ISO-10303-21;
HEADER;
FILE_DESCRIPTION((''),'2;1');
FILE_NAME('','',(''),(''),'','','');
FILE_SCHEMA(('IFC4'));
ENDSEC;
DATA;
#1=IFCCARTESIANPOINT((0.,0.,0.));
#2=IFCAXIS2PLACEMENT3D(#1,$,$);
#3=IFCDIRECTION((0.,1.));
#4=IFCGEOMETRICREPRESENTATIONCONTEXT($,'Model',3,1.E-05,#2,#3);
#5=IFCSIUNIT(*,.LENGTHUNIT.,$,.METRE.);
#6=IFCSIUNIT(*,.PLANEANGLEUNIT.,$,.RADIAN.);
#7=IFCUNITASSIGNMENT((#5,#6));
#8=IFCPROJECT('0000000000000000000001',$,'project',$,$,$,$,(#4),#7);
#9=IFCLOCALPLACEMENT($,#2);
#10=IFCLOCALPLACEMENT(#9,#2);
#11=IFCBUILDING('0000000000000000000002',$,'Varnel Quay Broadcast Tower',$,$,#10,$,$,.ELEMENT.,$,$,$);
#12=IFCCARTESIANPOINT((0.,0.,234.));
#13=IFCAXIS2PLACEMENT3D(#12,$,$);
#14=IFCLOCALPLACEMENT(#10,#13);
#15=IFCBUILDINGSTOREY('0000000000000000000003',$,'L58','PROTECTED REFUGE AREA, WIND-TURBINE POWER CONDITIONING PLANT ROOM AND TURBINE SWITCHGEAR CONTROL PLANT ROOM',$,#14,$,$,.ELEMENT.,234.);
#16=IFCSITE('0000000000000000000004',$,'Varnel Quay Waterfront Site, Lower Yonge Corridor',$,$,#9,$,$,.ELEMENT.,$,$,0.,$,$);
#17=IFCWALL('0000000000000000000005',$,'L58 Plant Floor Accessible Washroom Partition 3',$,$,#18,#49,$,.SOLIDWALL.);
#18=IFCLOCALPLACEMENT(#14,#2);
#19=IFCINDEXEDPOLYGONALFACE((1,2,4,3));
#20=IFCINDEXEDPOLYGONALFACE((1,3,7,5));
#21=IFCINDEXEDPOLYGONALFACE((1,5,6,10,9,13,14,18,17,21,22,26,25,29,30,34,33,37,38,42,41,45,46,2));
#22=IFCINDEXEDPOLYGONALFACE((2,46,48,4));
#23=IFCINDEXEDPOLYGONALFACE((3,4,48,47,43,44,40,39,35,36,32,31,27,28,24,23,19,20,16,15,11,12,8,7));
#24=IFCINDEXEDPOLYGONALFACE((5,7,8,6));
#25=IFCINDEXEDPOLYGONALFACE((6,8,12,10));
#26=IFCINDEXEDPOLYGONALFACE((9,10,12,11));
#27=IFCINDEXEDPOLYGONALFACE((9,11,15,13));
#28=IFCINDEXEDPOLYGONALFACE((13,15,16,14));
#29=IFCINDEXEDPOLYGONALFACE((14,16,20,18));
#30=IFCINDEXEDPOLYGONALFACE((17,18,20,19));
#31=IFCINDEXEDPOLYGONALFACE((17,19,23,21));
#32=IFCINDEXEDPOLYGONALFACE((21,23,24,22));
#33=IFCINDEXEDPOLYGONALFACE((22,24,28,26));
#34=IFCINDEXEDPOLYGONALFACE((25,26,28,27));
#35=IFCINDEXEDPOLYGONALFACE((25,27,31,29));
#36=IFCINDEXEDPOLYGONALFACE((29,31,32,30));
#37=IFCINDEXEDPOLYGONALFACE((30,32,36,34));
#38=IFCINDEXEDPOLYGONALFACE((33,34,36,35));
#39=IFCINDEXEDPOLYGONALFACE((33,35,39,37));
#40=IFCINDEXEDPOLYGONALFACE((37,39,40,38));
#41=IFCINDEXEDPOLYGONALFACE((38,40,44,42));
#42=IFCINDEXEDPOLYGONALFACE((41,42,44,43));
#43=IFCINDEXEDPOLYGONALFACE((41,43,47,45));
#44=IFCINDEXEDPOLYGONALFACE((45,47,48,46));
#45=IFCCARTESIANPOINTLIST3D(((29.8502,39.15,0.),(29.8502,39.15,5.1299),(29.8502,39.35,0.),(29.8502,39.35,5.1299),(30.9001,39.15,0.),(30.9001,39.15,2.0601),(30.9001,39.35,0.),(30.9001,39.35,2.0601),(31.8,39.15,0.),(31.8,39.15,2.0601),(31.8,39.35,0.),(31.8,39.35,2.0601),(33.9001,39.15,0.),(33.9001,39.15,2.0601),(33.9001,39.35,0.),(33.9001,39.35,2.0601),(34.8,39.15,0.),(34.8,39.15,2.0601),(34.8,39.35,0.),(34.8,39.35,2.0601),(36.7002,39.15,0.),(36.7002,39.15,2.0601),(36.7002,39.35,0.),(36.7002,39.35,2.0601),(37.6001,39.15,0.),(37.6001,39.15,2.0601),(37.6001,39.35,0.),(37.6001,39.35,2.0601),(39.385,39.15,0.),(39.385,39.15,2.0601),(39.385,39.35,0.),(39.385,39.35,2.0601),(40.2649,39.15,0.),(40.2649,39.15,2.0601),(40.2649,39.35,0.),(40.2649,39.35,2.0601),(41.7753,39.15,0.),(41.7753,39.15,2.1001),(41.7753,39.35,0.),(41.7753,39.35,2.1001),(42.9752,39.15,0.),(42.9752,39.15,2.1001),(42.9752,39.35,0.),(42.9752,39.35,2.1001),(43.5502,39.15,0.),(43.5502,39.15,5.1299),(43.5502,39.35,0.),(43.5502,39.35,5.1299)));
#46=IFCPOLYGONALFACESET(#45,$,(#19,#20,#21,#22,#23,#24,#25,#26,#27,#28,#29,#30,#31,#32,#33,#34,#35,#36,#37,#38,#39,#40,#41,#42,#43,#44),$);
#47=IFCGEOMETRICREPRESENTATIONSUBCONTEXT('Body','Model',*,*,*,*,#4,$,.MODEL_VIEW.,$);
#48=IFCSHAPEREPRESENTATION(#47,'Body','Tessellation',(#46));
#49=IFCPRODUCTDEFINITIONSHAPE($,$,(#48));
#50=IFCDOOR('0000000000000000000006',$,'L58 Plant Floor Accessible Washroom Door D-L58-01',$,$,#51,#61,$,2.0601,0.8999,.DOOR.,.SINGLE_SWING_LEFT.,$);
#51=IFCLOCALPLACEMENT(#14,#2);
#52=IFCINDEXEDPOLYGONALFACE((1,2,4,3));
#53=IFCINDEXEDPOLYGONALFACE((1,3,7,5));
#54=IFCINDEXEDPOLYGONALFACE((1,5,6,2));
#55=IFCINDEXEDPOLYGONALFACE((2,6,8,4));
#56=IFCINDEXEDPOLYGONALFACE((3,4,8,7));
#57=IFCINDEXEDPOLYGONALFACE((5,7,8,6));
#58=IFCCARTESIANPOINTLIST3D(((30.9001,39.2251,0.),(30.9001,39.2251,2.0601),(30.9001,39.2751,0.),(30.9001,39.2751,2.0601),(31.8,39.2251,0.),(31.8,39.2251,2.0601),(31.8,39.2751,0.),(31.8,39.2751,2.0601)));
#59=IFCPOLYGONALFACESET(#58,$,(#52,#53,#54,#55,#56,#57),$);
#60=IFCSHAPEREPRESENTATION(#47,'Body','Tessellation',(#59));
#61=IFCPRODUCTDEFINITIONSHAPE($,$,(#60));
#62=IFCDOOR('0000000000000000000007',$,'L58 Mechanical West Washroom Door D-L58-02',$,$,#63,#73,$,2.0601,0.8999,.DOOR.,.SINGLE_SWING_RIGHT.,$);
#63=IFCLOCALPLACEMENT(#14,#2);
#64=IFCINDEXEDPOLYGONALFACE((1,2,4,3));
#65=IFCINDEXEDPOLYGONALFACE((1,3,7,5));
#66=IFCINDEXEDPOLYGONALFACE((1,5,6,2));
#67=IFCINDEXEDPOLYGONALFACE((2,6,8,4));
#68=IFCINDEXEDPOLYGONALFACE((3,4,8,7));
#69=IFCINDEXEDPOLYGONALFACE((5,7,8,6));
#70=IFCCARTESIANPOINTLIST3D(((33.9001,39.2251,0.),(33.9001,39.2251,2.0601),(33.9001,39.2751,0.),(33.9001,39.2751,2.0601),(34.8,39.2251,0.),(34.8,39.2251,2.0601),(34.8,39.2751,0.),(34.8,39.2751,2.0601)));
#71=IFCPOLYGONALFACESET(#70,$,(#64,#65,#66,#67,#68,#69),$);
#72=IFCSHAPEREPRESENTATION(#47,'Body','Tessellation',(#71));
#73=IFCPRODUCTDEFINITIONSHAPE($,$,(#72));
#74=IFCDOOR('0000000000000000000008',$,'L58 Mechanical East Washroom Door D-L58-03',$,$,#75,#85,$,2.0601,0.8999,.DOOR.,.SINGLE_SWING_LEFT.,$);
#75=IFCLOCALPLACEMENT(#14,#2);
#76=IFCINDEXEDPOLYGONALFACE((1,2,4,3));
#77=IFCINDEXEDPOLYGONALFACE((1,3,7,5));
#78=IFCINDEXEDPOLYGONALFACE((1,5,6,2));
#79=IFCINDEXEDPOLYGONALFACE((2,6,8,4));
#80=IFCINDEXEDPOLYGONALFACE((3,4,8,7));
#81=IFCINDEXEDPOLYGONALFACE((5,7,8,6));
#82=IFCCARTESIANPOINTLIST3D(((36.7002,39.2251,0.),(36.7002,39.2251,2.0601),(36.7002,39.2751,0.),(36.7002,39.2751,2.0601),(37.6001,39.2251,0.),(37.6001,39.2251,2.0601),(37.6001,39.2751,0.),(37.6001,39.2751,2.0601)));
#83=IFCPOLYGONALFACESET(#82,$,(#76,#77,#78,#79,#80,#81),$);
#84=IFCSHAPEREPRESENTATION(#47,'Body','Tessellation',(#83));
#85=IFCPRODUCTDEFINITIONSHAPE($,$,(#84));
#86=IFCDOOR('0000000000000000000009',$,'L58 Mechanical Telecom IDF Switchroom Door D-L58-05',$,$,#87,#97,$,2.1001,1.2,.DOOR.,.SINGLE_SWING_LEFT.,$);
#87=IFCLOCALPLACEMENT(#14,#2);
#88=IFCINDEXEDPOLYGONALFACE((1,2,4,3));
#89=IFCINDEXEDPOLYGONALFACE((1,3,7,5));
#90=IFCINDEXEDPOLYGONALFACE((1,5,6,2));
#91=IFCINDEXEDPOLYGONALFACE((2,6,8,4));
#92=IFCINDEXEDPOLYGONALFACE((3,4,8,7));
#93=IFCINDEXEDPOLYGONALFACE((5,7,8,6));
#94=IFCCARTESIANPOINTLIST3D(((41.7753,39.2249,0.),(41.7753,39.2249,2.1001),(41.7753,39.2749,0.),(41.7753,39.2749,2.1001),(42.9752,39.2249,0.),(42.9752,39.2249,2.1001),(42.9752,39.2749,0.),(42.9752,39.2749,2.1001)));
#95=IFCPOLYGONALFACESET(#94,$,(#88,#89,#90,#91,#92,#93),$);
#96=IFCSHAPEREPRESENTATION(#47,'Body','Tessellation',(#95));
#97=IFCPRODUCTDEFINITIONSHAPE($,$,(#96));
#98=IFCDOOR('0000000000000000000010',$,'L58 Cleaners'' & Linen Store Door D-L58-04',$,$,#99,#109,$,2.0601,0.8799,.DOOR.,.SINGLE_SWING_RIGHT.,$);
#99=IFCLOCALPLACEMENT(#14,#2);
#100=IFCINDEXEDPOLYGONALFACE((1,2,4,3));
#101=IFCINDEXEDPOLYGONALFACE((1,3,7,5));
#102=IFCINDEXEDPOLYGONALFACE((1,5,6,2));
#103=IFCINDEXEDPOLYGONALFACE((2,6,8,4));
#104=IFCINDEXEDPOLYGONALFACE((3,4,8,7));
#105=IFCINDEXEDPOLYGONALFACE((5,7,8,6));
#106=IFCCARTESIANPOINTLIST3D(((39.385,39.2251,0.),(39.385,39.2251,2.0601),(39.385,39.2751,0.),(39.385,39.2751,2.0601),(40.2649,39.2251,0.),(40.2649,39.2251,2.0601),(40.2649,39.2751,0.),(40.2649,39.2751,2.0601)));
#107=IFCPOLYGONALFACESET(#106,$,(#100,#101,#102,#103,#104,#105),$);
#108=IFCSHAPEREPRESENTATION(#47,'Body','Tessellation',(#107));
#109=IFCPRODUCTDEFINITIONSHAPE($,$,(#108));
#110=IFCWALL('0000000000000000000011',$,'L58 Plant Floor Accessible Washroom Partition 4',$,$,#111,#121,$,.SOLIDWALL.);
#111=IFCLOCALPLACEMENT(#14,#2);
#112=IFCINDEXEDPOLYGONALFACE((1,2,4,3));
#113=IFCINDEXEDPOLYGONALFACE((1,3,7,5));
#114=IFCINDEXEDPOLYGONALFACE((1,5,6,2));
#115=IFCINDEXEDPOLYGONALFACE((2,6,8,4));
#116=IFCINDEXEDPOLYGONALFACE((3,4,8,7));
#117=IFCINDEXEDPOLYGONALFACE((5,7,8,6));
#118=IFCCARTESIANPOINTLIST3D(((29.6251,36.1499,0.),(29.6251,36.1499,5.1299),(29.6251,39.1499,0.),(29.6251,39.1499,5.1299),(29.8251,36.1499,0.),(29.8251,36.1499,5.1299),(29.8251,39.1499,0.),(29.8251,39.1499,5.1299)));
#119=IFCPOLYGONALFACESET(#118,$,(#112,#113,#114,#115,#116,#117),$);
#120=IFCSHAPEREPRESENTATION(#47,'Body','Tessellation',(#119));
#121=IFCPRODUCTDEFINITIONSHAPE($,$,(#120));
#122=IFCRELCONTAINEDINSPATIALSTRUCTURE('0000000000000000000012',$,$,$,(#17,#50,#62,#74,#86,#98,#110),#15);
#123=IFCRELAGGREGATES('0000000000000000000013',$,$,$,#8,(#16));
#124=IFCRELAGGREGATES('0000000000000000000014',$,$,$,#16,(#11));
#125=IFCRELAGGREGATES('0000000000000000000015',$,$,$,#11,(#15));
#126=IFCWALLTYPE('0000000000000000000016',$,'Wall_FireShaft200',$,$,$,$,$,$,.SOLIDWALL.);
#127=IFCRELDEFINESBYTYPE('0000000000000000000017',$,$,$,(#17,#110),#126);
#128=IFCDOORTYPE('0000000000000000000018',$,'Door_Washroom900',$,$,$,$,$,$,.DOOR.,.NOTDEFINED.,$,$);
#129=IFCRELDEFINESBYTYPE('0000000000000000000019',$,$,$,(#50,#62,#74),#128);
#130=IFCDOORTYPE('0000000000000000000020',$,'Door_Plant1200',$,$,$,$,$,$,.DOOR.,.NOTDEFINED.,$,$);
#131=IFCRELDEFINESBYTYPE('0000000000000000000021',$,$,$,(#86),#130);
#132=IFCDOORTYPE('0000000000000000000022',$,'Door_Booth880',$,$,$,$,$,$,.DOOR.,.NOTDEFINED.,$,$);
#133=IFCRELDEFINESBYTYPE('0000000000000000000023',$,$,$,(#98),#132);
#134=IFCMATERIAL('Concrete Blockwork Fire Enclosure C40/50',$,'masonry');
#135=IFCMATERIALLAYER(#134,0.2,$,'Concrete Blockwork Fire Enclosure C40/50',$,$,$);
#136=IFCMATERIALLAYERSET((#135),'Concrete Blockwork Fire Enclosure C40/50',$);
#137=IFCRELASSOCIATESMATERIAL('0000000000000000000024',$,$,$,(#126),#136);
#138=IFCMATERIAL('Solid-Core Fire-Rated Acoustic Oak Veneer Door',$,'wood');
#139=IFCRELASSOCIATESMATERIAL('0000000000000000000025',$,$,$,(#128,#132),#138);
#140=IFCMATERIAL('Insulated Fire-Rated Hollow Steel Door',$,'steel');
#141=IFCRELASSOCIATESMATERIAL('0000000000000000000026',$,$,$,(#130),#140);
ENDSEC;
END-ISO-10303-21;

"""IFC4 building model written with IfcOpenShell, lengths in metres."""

from ifc_helpers import new_model, si_unit, direction, frame, frame_2d, origin, place, context, subcontext, project, spatial, rectangle, extrude, source, transform, mapped, material, layer, layer_set, type_object, type_shapes, element, fill, save


model = new_model("IFC4")

# Units and contexts
model_context = context("Model", 3, precision=1e-05, world=origin(), true_north=direction((0.0, 1.0)))
body_context = subcontext(model_context, "Body", "Model", "MODEL_VIEW")
ifc_project = project(units=[si_unit("LENGTHUNIT", "METRE"), si_unit("PLANEANGLEUNIT", "RADIAN")], contexts=[model_context])

# Site, building, storey
site_placement = place(None, origin())
site = spatial("IfcSite", under=ifc_project, at=site_placement, Name="Varnel Quay Waterfront Site, Lower Yonge Corridor", CompositionType="ELEMENT", RefElevation=0.0)
building_placement = place(site_placement, origin())
building = spatial("IfcBuilding", under=site, at=building_placement, Name="Varnel Quay Broadcast Tower", CompositionType="ELEMENT")
storey_placement = place(building_placement, frame((0.0, 0.0, 234.0)))
storey = spatial("IfcBuildingStorey", under=building, at=storey_placement, Name="L58", Description="PROTECTED REFUGE AREA, WIND-TURBINE POWER CONDITIONING PLANT ROOM AND TURBINE SWITCHGEAR CONTROL PLANT ROOM", CompositionType="ELEMENT", Elevation=234.0)

# Shared definitions
ifc_material_1 = material(Name="Insulated Fire-Rated Hollow Steel Door", Category="steel")

# Shared definitions
ifc_material_2 = material(Name="Concrete Blockwork Fire Enclosure C40/50", Category="masonry")
ifc_layer_1 = layer(ifc_material_2, 0.2, Name="Concrete Blockwork Fire Enclosure C40/50")
ifc_layer_set_1 = layer_set([ifc_layer_1], Name="Concrete Blockwork Fire Enclosure C40/50")
wall_type_1 = type_object("IfcWallType", Name="Wall_FireShaft200", PredefinedType="SOLIDWALL", material=ifc_layer_set_1)

# Wall, openings, doors
wall_1_placement = place(storey_placement, frame((29.8501, 39.25, 0.0), z_axis=(0.0, 0.0, 1.0), x_axis=(1.0, 0.0, 0.0)))
wall_1 = element("IfcWall", 1, at=wall_1_placement, inside=storey, type_object=wall_type_1, Name="L58 Plant Floor Accessible Washroom Partition 3", PredefinedType="SOLIDWALL", context=body_context, shape_type="SweptSolid", body=[
    extrude(rectangle(XDim=13.7, YDim=0.2, at=frame_2d((6.8501, 0.0))), origin(), (0.0, 0.0, 1.0), 5.1299),
])
opening_1_placement = place(wall_1_placement, frame((1.05, 0.0, 0.0)))
opening_1 = element("IfcOpeningElement", 2, at=opening_1_placement, cuts=wall_1, PredefinedType="OPENING", context=body_context, shape_type="SweptSolid", body=[
    extrude(rectangle(XDim=0.8999, YDim=2.0601, at=frame_2d((0.45, 1.03))), frame((0.0, 0.1099, 0.0), z_axis=(0.0, -1.0, 0.0), x_axis=(1.0, 0.0, 0.0)), (0.0, 0.0, 1.0), 0.22),
])
opening_2_placement = place(wall_1_placement, frame((4.05, 0.0, 0.0)))
opening_2 = element("IfcOpeningElement", 3, at=opening_2_placement, cuts=wall_1, PredefinedType="OPENING", context=body_context, shape_type="SweptSolid", body=[
    extrude(rectangle(XDim=0.8999, YDim=2.0601, at=frame_2d((0.45, 1.03))), frame((0.0, 0.1099, 0.0), z_axis=(0.0, -1.0, 0.0), x_axis=(1.0, 0.0, 0.0)), (0.0, 0.0, 1.0), 0.22),
])
opening_3_placement = place(wall_1_placement, frame((6.8501, 0.0, 0.0)))
opening_3 = element("IfcOpeningElement", 4, at=opening_3_placement, cuts=wall_1, PredefinedType="OPENING", context=body_context, shape_type="SweptSolid", body=[
    extrude(rectangle(XDim=0.8999, YDim=2.0601, at=frame_2d((0.45, 1.03))), frame((0.0, 0.1099, 0.0), z_axis=(0.0, -1.0, 0.0), x_axis=(1.0, 0.0, 0.0)), (0.0, 0.0, 1.0), 0.22),
])
opening_4_placement = place(wall_1_placement, frame((9.5349, 0.0, 0.0)))
opening_4 = element("IfcOpeningElement", 5, at=opening_4_placement, cuts=wall_1, PredefinedType="OPENING", context=body_context, shape_type="SweptSolid", body=[
    extrude(rectangle(XDim=0.8799, YDim=2.0601, at=frame_2d((0.4399, 1.03))), frame((0.0, 0.1099, 0.0), z_axis=(0.0, -1.0, 0.0), x_axis=(1.0, 0.0, 0.0)), (0.0, 0.0, 1.0), 0.22),
])
opening_5_placement = place(wall_1_placement, frame((11.925, 0.0, 0.0)))
opening_5 = element("IfcOpeningElement", 6, at=opening_5_placement, cuts=wall_1, PredefinedType="OPENING", context=body_context, shape_type="SweptSolid", body=[
    extrude(rectangle(XDim=1.2, YDim=2.1001, at=frame_2d((0.6001, 1.05))), frame((0.0, 0.1099, 0.0), z_axis=(0.0, -1.0, 0.0), x_axis=(1.0, 0.0, 0.0)), (0.0, 0.0, 1.0), 0.22),
])
ifc_material_3 = material(Name="Solid-Core Fire-Rated Acoustic Oak Veneer Door", Category="wood")
door_type_1 = type_object("IfcDoorType", Name="Door_Washroom900", OperationType="NOTDEFINED", PredefinedType="DOOR", material=ifc_material_3)
shared_shape_1 = source(origin(), body_context, "Body", "SweptSolid", [
    extrude(rectangle(XDim=0.8999, YDim=2.0601, at=frame_2d((0.45, 1.03))), frame((0.0, 0.0249, 0.0), z_axis=(0.0, -1.0, 0.0), x_axis=(1.0, 0.0, 0.0)), (0.0, 0.0, 1.0), 0.05),
])
type_shapes(door_type_1, [shared_shape_1])
door_1_placement = place(opening_1_placement, frame((0.8999, 0.0, 0.0), z_axis=(0.0, 0.0, 1.0), x_axis=(-1.0, 0.0, 0.0)))
door_1 = element("IfcDoor", 7, at=door_1_placement, inside=storey, type_object=door_type_1, Name="L58 Plant Floor Accessible Washroom Door D-L58-01", OperationType="SINGLE_SWING_LEFT", OverallHeight=2.0601, OverallWidth=0.8999, PredefinedType="DOOR", context=body_context, shape_type="MappedRepresentation", body=[
    mapped(shared_shape_1, transform((0.0, 0.0, 0.0), x_axis=(1.0, 0.0, 0.0), y_axis=(0.0, 1.0, 0.0), z_axis=(0.0, 0.0, 1.0), scale=1.0)),
])
fill(opening_1, door_1)
door_2_placement = place(opening_2_placement, frame((0.8999, 0.0, 0.0), z_axis=(0.0, 0.0, 1.0), x_axis=(-1.0, 0.0, 0.0)))
door_2 = element("IfcDoor", 8, at=door_2_placement, inside=storey, type_object=door_type_1, Name="L58 Mechanical West Washroom Door D-L58-02", OperationType="SINGLE_SWING_RIGHT", OverallHeight=2.0601, OverallWidth=0.8999, PredefinedType="DOOR", context=body_context, shape_type="MappedRepresentation", body=[
    mapped(shared_shape_1, transform((0.0, 0.0, 0.0), x_axis=(1.0, 0.0, 0.0), y_axis=(0.0, 1.0, 0.0), z_axis=(0.0, 0.0, 1.0), scale=1.0)),
])
fill(opening_2, door_2)
door_3_placement = place(opening_3_placement, frame((0.8999, 0.0, 0.0), z_axis=(0.0, 0.0, 1.0), x_axis=(-1.0, 0.0, 0.0)))
door_3 = element("IfcDoor", 9, at=door_3_placement, inside=storey, type_object=door_type_1, Name="L58 Mechanical East Washroom Door D-L58-03", OperationType="SINGLE_SWING_LEFT", OverallHeight=2.0601, OverallWidth=0.8999, PredefinedType="DOOR", context=body_context, shape_type="MappedRepresentation", body=[
    mapped(shared_shape_1, transform((0.0, 0.0, 0.0), x_axis=(1.0, 0.0, 0.0), y_axis=(0.0, 1.0, 0.0), z_axis=(0.0, 0.0, 1.0), scale=1.0)),
])
fill(opening_3, door_3)
door_type_2 = type_object("IfcDoorType", Name="Door_Plant1200", OperationType="NOTDEFINED", PredefinedType="DOOR", material=ifc_material_1)
shared_shape_2 = source(origin(), body_context, "Body", "SweptSolid", [
    extrude(rectangle(XDim=1.2, YDim=2.1001, at=frame_2d((0.6001, 1.05))), frame((0.0, 0.0249, 0.0), z_axis=(0.0, -1.0, 0.0), x_axis=(1.0, 0.0, 0.0)), (0.0, 0.0, 1.0), 0.05),
])
type_shapes(door_type_2, [shared_shape_2])
door_4_placement = place(opening_5_placement, origin())
door_4 = element("IfcDoor", 10, at=door_4_placement, inside=storey, type_object=door_type_2, Name="L58 Mechanical Telecom IDF Switchroom Door D-L58-05", OperationType="SINGLE_SWING_LEFT", OverallHeight=2.1001, OverallWidth=1.2, PredefinedType="DOOR", context=body_context, shape_type="MappedRepresentation", body=[
    mapped(shared_shape_2, transform((0.0, 0.0, 0.0), x_axis=(1.0, 0.0, 0.0), y_axis=(0.0, 1.0, 0.0), z_axis=(0.0, 0.0, 1.0), scale=1.0)),
])
fill(opening_5, door_4)
door_type_3 = type_object("IfcDoorType", Name="Door_Booth880", OperationType="NOTDEFINED", PredefinedType="DOOR", material=ifc_material_3)
shared_shape_3 = source(origin(), body_context, "Body", "SweptSolid", [
    extrude(rectangle(XDim=0.8799, YDim=2.0601, at=frame_2d((0.4399, 1.03))), frame((0.0, 0.0249, 0.0), z_axis=(0.0, -1.0, 0.0), x_axis=(1.0, 0.0, 0.0)), (0.0, 0.0, 1.0), 0.05),
])
type_shapes(door_type_3, [shared_shape_3])
door_5_placement = place(opening_4_placement, frame((0.8799, 0.0, 0.0), z_axis=(0.0, 0.0, 1.0), x_axis=(-1.0, 0.0, 0.0)))
door_5 = element("IfcDoor", 11, at=door_5_placement, inside=storey, type_object=door_type_3, Name="L58 Cleaners' & Linen Store Door D-L58-04", OperationType="SINGLE_SWING_RIGHT", OverallHeight=2.0601, OverallWidth=0.8799, PredefinedType="DOOR", context=body_context, shape_type="MappedRepresentation", body=[
    mapped(shared_shape_3, transform((0.0, 0.0, 0.0), x_axis=(1.0, 0.0, 0.0), y_axis=(0.0, 1.0, 0.0), z_axis=(0.0, 0.0, 1.0), scale=1.0)),
])
fill(opening_4, door_5)

# Wall
wall_2_placement = place(storey_placement, frame((29.7251, 36.1499, 0.0), z_axis=(0.0, 0.0, 1.0), x_axis=(0.0, 1.0, 0.0)))
element("IfcWall", 12, at=wall_2_placement, inside=storey, type_object=wall_type_1, Name="L58 Plant Floor Accessible Washroom Partition 4", PredefinedType="SOLIDWALL", context=body_context, shape_type="SweptSolid", body=[
    extrude(rectangle(XDim=3.0, YDim=0.2, at=frame_2d((1.5, 0.0))), origin(), (0.0, 0.0, 1.0), 5.1299),
])

save(model, "model.ifc")
